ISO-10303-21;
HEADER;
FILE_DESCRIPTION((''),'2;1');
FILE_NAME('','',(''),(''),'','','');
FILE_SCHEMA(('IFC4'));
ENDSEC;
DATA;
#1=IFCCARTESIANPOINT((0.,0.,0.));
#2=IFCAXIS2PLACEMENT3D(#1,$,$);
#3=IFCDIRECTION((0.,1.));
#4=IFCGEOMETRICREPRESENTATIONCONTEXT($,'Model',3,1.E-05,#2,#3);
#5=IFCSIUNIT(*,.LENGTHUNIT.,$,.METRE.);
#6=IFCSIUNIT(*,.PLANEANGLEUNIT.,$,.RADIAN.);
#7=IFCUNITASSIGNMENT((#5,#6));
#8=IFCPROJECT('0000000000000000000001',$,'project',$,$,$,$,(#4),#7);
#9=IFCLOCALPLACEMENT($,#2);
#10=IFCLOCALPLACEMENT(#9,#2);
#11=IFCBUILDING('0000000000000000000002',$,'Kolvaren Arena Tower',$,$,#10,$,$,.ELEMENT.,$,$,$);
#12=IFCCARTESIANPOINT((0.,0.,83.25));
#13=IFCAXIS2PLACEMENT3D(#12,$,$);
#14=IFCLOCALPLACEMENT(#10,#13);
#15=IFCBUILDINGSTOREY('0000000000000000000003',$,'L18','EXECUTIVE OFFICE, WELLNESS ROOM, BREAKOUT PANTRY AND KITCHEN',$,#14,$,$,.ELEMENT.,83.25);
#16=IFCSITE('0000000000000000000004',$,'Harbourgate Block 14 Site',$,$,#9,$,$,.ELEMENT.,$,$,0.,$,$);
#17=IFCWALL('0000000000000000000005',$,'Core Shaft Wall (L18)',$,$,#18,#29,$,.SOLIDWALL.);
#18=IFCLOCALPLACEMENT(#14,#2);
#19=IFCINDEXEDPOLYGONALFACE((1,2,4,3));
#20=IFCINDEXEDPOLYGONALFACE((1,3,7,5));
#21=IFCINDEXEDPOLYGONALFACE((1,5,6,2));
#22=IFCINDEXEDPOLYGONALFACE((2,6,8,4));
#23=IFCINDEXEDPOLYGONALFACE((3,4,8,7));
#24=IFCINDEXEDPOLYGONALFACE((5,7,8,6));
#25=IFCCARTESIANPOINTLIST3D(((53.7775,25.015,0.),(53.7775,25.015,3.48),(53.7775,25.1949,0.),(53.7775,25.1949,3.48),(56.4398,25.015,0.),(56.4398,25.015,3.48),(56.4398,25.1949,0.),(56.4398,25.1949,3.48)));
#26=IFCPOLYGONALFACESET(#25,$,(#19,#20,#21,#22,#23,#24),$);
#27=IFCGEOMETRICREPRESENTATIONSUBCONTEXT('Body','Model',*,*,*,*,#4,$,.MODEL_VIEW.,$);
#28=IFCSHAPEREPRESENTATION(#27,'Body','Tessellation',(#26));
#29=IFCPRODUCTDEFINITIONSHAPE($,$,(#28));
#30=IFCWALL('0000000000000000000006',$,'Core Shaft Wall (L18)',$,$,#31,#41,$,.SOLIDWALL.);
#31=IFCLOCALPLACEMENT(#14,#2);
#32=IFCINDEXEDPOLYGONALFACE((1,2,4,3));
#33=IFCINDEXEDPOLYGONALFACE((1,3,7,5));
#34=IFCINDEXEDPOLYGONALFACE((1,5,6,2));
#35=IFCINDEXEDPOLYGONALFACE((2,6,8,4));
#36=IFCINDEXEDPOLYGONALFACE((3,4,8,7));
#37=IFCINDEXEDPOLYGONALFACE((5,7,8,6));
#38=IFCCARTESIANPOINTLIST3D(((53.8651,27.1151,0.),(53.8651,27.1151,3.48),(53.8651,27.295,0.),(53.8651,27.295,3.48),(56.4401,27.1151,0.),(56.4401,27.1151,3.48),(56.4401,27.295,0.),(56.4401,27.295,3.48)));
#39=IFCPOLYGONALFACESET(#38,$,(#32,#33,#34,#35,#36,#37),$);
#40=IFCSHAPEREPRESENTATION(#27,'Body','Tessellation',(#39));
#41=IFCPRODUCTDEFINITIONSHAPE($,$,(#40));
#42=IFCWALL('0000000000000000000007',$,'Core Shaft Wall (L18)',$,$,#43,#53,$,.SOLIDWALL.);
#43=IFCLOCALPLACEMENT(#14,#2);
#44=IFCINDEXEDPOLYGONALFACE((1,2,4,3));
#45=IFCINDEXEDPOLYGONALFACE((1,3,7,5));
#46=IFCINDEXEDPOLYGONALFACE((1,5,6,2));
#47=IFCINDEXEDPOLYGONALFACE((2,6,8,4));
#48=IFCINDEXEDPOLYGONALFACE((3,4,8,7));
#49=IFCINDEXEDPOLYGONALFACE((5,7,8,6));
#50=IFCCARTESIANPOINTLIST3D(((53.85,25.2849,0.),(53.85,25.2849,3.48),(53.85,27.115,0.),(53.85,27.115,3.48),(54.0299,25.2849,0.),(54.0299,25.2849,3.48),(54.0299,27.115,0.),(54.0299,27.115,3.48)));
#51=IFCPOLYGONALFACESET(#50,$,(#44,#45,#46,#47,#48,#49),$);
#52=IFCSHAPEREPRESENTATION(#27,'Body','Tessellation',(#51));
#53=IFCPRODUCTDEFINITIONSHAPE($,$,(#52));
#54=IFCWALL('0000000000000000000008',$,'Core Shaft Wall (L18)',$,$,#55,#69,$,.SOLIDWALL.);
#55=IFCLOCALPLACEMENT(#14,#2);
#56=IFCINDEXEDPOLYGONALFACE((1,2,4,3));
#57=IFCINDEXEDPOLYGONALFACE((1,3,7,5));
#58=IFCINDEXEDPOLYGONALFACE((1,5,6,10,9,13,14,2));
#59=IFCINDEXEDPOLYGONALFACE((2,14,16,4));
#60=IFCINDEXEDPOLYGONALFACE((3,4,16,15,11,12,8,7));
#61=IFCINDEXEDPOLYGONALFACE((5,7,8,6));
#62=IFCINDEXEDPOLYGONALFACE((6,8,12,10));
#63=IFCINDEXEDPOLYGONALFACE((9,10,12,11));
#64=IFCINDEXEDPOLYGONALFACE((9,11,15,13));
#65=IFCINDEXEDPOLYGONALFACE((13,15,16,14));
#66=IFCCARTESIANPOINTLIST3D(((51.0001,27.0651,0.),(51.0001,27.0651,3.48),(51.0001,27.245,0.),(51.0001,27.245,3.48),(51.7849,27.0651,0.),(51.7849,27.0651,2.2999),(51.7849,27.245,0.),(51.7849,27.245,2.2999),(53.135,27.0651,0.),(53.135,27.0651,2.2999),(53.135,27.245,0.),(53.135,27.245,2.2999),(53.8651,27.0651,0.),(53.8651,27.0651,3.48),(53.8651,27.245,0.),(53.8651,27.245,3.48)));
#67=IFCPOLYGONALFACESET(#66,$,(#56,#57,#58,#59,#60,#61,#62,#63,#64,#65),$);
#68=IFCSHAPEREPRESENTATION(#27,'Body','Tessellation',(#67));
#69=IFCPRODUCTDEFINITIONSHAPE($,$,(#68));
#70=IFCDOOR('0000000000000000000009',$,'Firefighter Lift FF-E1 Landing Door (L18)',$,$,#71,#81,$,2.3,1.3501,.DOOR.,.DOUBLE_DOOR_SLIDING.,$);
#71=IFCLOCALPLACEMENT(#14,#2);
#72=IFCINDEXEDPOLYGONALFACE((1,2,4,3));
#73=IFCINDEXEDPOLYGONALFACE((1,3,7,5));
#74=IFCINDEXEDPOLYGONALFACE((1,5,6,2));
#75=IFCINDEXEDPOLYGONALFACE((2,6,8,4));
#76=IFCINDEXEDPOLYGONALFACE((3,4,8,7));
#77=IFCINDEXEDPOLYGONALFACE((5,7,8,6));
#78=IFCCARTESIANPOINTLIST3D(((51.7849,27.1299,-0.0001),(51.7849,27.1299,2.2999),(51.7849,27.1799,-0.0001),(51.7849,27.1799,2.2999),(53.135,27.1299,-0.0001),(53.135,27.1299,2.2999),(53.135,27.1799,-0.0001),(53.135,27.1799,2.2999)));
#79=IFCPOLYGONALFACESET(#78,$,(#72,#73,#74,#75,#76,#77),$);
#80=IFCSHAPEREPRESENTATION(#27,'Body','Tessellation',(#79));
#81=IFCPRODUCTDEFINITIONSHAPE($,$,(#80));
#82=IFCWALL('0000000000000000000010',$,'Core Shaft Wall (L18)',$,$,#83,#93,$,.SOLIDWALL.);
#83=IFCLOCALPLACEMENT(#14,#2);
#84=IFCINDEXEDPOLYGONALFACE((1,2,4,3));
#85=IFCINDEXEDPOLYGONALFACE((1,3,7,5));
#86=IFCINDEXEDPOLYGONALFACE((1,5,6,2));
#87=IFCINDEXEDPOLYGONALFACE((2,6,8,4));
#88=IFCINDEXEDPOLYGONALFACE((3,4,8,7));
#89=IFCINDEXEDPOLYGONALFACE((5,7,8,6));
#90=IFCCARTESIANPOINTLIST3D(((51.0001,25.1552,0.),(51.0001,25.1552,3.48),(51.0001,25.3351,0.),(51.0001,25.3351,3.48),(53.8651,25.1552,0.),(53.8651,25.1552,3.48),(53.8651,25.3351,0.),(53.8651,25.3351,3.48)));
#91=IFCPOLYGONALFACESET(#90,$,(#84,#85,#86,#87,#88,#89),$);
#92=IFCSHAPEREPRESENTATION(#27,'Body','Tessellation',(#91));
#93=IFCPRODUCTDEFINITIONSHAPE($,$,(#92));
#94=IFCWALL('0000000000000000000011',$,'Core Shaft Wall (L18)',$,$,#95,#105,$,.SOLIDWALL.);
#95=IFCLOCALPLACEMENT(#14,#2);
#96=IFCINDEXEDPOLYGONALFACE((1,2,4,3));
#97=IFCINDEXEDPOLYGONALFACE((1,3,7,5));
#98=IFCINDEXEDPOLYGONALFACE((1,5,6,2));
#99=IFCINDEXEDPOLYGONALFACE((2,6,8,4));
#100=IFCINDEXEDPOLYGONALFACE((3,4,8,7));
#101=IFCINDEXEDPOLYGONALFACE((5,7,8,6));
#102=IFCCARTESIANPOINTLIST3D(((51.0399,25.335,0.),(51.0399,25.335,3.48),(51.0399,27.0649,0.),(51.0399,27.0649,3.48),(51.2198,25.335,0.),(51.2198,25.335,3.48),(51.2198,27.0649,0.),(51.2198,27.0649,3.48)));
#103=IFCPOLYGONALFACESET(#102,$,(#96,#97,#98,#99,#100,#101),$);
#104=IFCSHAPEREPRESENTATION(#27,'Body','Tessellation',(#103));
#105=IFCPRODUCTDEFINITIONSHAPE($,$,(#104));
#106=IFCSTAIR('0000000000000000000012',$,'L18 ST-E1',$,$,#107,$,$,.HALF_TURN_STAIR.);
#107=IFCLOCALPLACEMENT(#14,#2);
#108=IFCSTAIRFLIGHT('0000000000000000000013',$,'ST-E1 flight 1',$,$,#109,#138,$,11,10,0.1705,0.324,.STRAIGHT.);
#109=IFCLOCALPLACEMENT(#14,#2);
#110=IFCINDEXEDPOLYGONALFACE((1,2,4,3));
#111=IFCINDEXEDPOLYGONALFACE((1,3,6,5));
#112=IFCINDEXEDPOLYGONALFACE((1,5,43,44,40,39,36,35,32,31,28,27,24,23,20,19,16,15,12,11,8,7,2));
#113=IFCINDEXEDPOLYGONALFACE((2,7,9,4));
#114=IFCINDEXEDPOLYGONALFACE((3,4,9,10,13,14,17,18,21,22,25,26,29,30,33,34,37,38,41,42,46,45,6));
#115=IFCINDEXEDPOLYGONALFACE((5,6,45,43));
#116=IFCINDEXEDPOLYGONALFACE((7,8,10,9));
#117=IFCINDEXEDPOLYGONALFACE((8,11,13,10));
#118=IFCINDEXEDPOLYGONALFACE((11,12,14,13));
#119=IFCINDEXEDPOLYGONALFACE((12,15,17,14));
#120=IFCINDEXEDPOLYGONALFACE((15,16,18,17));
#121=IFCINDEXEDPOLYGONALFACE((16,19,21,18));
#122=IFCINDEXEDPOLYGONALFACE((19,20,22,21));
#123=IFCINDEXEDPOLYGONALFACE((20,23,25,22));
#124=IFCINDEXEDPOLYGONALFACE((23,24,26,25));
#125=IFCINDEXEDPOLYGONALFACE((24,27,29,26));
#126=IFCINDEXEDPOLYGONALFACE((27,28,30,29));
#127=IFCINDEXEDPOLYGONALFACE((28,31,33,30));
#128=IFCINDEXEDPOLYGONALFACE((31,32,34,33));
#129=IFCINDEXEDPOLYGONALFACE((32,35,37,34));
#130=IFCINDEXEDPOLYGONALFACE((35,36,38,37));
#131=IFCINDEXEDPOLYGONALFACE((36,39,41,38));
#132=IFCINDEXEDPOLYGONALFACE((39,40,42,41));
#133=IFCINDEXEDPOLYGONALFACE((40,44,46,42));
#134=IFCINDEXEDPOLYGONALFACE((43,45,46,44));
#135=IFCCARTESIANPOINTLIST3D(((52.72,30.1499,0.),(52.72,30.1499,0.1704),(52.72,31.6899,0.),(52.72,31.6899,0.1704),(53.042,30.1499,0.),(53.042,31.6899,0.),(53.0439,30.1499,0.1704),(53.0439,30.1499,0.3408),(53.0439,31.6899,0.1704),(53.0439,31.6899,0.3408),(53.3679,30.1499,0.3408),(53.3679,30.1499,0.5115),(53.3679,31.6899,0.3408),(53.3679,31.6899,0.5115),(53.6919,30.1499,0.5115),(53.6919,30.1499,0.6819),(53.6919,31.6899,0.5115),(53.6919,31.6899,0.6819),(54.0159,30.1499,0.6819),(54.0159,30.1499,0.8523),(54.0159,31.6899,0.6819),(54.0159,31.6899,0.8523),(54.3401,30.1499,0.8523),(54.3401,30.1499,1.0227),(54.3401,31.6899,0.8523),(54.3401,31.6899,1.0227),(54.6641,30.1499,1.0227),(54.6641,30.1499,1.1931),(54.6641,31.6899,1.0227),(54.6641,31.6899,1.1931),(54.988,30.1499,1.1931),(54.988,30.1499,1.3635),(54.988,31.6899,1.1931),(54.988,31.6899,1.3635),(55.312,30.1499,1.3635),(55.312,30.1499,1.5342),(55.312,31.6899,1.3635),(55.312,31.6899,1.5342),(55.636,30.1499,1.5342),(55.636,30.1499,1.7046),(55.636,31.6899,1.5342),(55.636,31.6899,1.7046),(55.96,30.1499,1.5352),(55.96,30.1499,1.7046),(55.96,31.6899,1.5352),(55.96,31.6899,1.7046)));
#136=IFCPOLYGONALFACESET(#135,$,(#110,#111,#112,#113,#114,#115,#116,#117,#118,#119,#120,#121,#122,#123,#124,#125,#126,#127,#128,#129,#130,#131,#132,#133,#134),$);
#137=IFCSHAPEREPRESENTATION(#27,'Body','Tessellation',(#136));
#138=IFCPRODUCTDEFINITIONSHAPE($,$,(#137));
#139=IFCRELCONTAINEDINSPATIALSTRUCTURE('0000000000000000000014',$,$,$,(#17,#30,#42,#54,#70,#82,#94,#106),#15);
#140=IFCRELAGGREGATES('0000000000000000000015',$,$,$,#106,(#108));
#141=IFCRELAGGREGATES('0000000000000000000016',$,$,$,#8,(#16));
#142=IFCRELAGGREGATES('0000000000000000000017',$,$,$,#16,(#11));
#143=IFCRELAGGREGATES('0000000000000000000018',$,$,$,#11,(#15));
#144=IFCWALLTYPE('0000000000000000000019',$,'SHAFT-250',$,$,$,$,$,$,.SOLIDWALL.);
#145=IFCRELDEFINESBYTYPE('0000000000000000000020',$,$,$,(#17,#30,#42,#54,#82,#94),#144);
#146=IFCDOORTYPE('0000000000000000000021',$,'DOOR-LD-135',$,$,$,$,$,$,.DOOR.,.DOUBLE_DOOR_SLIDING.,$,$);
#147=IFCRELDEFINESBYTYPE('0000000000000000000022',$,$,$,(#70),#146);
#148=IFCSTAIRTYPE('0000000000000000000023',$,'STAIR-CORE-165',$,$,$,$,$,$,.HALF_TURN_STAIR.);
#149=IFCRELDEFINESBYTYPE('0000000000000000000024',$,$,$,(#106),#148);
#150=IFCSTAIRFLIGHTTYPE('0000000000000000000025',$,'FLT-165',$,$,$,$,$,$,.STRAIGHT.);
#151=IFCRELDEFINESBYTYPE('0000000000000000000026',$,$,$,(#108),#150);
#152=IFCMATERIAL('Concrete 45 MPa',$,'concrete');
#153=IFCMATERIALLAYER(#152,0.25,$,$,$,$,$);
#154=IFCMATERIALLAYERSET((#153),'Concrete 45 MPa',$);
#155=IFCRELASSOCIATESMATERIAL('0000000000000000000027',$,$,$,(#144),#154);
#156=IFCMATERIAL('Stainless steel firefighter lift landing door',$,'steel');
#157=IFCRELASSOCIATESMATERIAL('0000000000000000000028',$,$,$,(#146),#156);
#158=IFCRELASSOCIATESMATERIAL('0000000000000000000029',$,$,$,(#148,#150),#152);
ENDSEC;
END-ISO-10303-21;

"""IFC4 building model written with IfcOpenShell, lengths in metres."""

from ifc_helpers import new_model, si_unit, direction, frame, frame_2d, origin, place, context, subcontext, project, spatial, polyline, rectangle, outline, extrude, material, layer, layer_set, type_object, element, fill, aggregate, save


model = new_model("IFC4")

# Units and contexts
model_context = context("Model", 3, precision=1e-05, world=origin(), true_north=direction((0.0, 1.0)))
body_context = subcontext(model_context, "Body", "Model", "MODEL_VIEW")
ifc_project = project(units=[si_unit("LENGTHUNIT", "METRE"), si_unit("PLANEANGLEUNIT", "RADIAN")], contexts=[model_context])

# Site, building, storey
site_placement = place(None, origin())
site = spatial("IfcSite", under=ifc_project, at=site_placement, Name="Harbourgate Block 14 Site", CompositionType="ELEMENT", RefElevation=0.0)
building_placement = place(site_placement, origin())
building = spatial("IfcBuilding", under=site, at=building_placement, Name="Kolvaren Arena Tower", CompositionType="ELEMENT")
storey_placement = place(building_placement, frame((0.0, 0.0, 83.25)))
storey = spatial("IfcBuildingStorey", under=building, at=storey_placement, Name="L18", Description="EXECUTIVE OFFICE, WELLNESS ROOM, BREAKOUT PANTRY AND KITCHEN", CompositionType="ELEMENT", Elevation=83.25)

# Walls
ifc_material_1 = material(Name="Concrete 45 MPa", Category="concrete")
ifc_layer_1 = layer(ifc_material_1, 0.25)
ifc_layer_set_1 = layer_set([ifc_layer_1], Name="Concrete 45 MPa")
wall_type_1 = type_object("IfcWallType", Name="SHAFT-250", PredefinedType="SOLIDWALL", material=ifc_layer_set_1)
wall_1_placement = place(storey_placement, frame((53.7776, 25.105, 0.0), z_axis=(0.0, 0.0, 1.0), x_axis=(1.0, 0.0, 0.0)))
element("IfcWall", 1, at=wall_1_placement, inside=storey, type_object=wall_type_1, Name="Core Shaft Wall (L18)", PredefinedType="SOLIDWALL", context=body_context, shape_type="SweptSolid", body=[
    extrude(rectangle(XDim=2.6624, YDim=0.1799, at=frame_2d((1.3311, 0.0))), origin(), (0.0, 0.0, 1.0), 3.48),
])
wall_2_placement = place(storey_placement, frame((53.865, 27.2051, 0.0), z_axis=(0.0, 0.0, 1.0), x_axis=(1.0, 0.0, 0.0)))
element("IfcWall", 2, at=wall_2_placement, inside=storey, type_object=wall_type_1, Name="Core Shaft Wall (L18)", PredefinedType="SOLIDWALL", context=body_context, shape_type="SweptSolid", body=[
    extrude(rectangle(XDim=2.575, YDim=0.1799, at=frame_2d((1.2876, 0.0))), origin(), (0.0, 0.0, 1.0), 3.48),
])
wall_3_placement = place(storey_placement, frame((53.9399, 25.2849, 0.0), z_axis=(0.0, 0.0, 1.0), x_axis=(0.0, 1.0, 0.0)))
element("IfcWall", 3, at=wall_3_placement, inside=storey, type_object=wall_type_1, Name="Core Shaft Wall (L18)", PredefinedType="SOLIDWALL", context=body_context, shape_type="SweptSolid", body=[
    extrude(rectangle(XDim=1.8301, YDim=0.1799, at=frame_2d((0.915, 0.0))), origin(), (0.0, 0.0, 1.0), 3.48),
])

# Wall, opening, door
wall_4_placement = place(storey_placement, frame((51.0, 27.155, 0.0), z_axis=(0.0, 0.0, 1.0), x_axis=(1.0, 0.0, 0.0)))
wall_4 = element("IfcWall", 4, at=wall_4_placement, inside=storey, type_object=wall_type_1, Name="Core Shaft Wall (L18)", PredefinedType="SOLIDWALL", context=body_context, shape_type="SweptSolid", body=[
    extrude(rectangle(XDim=2.865, YDim=0.1799, at=frame_2d((1.4326, 0.0))), origin(), (0.0, 0.0, 1.0), 3.48),
])
opening_placement = place(wall_4_placement, frame((0.7849, 0.0, 0.0)))
opening = element("IfcOpeningElement", 5, at=opening_placement, cuts=wall_4, PredefinedType="OPENING", context=body_context, shape_type="SweptSolid", body=[
    extrude(rectangle(XDim=1.3501, YDim=2.3, at=frame_2d((0.675, 1.1499))), frame((0.0, 0.0999, 0.0), z_axis=(0.0, -1.0, 0.0), x_axis=(1.0, 0.0, 0.0)), (0.0, 0.0, 1.0), 0.2),
])
ifc_material_2 = material(Name="Stainless steel firefighter lift landing door", Category="steel")
door_type = type_object("IfcDoorType", Name="DOOR-LD-135", OperationType="DOUBLE_DOOR_SLIDING", PredefinedType="DOOR", material=ifc_material_2)
door_placement = place(opening_placement, origin())
door = element("IfcDoor", 6, at=door_placement, inside=storey, type_object=door_type, Name="Firefighter Lift FF-E1 Landing Door (L18)", OperationType="DOUBLE_DOOR_SLIDING", OverallHeight=2.3, OverallWidth=1.3501, PredefinedType="DOOR", context=body_context, shape_type="SweptSolid", body=[
    extrude(rectangle(XDim=1.3501, YDim=2.3, at=frame_2d((0.675, 1.1499))), frame((0.0, 0.0249, 0.0), z_axis=(0.0, -1.0, 0.0), x_axis=(1.0, 0.0, 0.0)), (0.0, 0.0, 1.0), 0.05),
])
fill(opening, door)

# Walls
wall_5_placement = place(storey_placement, frame((51.0, 25.2451, 0.0), z_axis=(0.0, 0.0, 1.0), x_axis=(1.0, 0.0, 0.0)))
element("IfcWall", 7, at=wall_5_placement, inside=storey, type_object=wall_type_1, Name="Core Shaft Wall (L18)", PredefinedType="SOLIDWALL", context=body_context, shape_type="SweptSolid", body=[
    extrude(rectangle(XDim=2.865, YDim=0.1799, at=frame_2d((1.4326, 0.0))), origin(), (0.0, 0.0, 1.0), 3.48),
])
wall_6_placement = place(storey_placement, frame((51.1299, 25.335, 0.0), z_axis=(0.0, 0.0, 1.0), x_axis=(0.0, 1.0, 0.0)))
element("IfcWall", 8, at=wall_6_placement, inside=storey, type_object=wall_type_1, Name="Core Shaft Wall (L18)", PredefinedType="SOLIDWALL", context=body_context, shape_type="SweptSolid", body=[
    extrude(rectangle(XDim=1.73, YDim=0.1799, at=frame_2d((0.865, 0.0))), origin(), (0.0, 0.0, 1.0), 3.48),
])

# Stair, stair flight
stair_type = type_object("IfcStairType", Name="STAIR-CORE-165", PredefinedType="HALF_TURN_STAIR", material=ifc_material_1)
stair_placement = place(storey_placement, origin())
stair = element("IfcStair", 9, at=stair_placement, inside=storey, type_object=stair_type, Name="L18 ST-E1", PredefinedType="HALF_TURN_STAIR")
stair_flight_type = type_object("IfcStairFlightType", Name="FLT-165", PredefinedType="STRAIGHT", material=ifc_material_1)
stair_flight_placement = place(storey_placement, frame((52.72, 30.9199, 0.0), z_axis=(0.0, 0.0, 1.0), x_axis=(1.0, 0.0, 0.0)))
stair_flight = element("IfcStairFlight", 10, at=stair_flight_placement, type_object=stair_flight_type, Name="ST-E1 flight 1", NumberOfRisers=11, NumberOfTreads=10, PredefinedType="STRAIGHT", RiserHeight=0.1705, TreadLength=0.324, context=body_context, shape_type="SweptSolid", body=[
    extrude(outline(polyline([(0.0, 0.0), (0.0, 0.1704), (0.324, 0.1704), (0.324, 0.3408), (0.6479, 0.3408), (0.6479, 0.5115), (0.9719, 0.5115), (0.9719, 0.6819), (1.2959, 0.6819), (1.2959, 0.8523), (1.6201, 0.8523), (1.6201, 1.0227), (1.9441, 1.0227), (1.9441, 1.1931), (2.2681, 1.1931), (2.2681, 1.3635), (2.592, 1.3635), (2.592, 1.5342), (2.916, 1.5342), (2.916, 1.7046), (3.24, 1.7046), (3.24, 1.875), (3.24, 1.5352), (0.322, 0.0), (0.0, 0.0)])), frame((0.0, 0.77, 0.0), z_axis=(0.0, -1.0, 0.0), x_axis=(1.0, 0.0, 0.0)), (0.0, 0.0, 1.0), 1.54),
])
aggregate(stair, [stair_flight])

save(model, "model.ifc")
